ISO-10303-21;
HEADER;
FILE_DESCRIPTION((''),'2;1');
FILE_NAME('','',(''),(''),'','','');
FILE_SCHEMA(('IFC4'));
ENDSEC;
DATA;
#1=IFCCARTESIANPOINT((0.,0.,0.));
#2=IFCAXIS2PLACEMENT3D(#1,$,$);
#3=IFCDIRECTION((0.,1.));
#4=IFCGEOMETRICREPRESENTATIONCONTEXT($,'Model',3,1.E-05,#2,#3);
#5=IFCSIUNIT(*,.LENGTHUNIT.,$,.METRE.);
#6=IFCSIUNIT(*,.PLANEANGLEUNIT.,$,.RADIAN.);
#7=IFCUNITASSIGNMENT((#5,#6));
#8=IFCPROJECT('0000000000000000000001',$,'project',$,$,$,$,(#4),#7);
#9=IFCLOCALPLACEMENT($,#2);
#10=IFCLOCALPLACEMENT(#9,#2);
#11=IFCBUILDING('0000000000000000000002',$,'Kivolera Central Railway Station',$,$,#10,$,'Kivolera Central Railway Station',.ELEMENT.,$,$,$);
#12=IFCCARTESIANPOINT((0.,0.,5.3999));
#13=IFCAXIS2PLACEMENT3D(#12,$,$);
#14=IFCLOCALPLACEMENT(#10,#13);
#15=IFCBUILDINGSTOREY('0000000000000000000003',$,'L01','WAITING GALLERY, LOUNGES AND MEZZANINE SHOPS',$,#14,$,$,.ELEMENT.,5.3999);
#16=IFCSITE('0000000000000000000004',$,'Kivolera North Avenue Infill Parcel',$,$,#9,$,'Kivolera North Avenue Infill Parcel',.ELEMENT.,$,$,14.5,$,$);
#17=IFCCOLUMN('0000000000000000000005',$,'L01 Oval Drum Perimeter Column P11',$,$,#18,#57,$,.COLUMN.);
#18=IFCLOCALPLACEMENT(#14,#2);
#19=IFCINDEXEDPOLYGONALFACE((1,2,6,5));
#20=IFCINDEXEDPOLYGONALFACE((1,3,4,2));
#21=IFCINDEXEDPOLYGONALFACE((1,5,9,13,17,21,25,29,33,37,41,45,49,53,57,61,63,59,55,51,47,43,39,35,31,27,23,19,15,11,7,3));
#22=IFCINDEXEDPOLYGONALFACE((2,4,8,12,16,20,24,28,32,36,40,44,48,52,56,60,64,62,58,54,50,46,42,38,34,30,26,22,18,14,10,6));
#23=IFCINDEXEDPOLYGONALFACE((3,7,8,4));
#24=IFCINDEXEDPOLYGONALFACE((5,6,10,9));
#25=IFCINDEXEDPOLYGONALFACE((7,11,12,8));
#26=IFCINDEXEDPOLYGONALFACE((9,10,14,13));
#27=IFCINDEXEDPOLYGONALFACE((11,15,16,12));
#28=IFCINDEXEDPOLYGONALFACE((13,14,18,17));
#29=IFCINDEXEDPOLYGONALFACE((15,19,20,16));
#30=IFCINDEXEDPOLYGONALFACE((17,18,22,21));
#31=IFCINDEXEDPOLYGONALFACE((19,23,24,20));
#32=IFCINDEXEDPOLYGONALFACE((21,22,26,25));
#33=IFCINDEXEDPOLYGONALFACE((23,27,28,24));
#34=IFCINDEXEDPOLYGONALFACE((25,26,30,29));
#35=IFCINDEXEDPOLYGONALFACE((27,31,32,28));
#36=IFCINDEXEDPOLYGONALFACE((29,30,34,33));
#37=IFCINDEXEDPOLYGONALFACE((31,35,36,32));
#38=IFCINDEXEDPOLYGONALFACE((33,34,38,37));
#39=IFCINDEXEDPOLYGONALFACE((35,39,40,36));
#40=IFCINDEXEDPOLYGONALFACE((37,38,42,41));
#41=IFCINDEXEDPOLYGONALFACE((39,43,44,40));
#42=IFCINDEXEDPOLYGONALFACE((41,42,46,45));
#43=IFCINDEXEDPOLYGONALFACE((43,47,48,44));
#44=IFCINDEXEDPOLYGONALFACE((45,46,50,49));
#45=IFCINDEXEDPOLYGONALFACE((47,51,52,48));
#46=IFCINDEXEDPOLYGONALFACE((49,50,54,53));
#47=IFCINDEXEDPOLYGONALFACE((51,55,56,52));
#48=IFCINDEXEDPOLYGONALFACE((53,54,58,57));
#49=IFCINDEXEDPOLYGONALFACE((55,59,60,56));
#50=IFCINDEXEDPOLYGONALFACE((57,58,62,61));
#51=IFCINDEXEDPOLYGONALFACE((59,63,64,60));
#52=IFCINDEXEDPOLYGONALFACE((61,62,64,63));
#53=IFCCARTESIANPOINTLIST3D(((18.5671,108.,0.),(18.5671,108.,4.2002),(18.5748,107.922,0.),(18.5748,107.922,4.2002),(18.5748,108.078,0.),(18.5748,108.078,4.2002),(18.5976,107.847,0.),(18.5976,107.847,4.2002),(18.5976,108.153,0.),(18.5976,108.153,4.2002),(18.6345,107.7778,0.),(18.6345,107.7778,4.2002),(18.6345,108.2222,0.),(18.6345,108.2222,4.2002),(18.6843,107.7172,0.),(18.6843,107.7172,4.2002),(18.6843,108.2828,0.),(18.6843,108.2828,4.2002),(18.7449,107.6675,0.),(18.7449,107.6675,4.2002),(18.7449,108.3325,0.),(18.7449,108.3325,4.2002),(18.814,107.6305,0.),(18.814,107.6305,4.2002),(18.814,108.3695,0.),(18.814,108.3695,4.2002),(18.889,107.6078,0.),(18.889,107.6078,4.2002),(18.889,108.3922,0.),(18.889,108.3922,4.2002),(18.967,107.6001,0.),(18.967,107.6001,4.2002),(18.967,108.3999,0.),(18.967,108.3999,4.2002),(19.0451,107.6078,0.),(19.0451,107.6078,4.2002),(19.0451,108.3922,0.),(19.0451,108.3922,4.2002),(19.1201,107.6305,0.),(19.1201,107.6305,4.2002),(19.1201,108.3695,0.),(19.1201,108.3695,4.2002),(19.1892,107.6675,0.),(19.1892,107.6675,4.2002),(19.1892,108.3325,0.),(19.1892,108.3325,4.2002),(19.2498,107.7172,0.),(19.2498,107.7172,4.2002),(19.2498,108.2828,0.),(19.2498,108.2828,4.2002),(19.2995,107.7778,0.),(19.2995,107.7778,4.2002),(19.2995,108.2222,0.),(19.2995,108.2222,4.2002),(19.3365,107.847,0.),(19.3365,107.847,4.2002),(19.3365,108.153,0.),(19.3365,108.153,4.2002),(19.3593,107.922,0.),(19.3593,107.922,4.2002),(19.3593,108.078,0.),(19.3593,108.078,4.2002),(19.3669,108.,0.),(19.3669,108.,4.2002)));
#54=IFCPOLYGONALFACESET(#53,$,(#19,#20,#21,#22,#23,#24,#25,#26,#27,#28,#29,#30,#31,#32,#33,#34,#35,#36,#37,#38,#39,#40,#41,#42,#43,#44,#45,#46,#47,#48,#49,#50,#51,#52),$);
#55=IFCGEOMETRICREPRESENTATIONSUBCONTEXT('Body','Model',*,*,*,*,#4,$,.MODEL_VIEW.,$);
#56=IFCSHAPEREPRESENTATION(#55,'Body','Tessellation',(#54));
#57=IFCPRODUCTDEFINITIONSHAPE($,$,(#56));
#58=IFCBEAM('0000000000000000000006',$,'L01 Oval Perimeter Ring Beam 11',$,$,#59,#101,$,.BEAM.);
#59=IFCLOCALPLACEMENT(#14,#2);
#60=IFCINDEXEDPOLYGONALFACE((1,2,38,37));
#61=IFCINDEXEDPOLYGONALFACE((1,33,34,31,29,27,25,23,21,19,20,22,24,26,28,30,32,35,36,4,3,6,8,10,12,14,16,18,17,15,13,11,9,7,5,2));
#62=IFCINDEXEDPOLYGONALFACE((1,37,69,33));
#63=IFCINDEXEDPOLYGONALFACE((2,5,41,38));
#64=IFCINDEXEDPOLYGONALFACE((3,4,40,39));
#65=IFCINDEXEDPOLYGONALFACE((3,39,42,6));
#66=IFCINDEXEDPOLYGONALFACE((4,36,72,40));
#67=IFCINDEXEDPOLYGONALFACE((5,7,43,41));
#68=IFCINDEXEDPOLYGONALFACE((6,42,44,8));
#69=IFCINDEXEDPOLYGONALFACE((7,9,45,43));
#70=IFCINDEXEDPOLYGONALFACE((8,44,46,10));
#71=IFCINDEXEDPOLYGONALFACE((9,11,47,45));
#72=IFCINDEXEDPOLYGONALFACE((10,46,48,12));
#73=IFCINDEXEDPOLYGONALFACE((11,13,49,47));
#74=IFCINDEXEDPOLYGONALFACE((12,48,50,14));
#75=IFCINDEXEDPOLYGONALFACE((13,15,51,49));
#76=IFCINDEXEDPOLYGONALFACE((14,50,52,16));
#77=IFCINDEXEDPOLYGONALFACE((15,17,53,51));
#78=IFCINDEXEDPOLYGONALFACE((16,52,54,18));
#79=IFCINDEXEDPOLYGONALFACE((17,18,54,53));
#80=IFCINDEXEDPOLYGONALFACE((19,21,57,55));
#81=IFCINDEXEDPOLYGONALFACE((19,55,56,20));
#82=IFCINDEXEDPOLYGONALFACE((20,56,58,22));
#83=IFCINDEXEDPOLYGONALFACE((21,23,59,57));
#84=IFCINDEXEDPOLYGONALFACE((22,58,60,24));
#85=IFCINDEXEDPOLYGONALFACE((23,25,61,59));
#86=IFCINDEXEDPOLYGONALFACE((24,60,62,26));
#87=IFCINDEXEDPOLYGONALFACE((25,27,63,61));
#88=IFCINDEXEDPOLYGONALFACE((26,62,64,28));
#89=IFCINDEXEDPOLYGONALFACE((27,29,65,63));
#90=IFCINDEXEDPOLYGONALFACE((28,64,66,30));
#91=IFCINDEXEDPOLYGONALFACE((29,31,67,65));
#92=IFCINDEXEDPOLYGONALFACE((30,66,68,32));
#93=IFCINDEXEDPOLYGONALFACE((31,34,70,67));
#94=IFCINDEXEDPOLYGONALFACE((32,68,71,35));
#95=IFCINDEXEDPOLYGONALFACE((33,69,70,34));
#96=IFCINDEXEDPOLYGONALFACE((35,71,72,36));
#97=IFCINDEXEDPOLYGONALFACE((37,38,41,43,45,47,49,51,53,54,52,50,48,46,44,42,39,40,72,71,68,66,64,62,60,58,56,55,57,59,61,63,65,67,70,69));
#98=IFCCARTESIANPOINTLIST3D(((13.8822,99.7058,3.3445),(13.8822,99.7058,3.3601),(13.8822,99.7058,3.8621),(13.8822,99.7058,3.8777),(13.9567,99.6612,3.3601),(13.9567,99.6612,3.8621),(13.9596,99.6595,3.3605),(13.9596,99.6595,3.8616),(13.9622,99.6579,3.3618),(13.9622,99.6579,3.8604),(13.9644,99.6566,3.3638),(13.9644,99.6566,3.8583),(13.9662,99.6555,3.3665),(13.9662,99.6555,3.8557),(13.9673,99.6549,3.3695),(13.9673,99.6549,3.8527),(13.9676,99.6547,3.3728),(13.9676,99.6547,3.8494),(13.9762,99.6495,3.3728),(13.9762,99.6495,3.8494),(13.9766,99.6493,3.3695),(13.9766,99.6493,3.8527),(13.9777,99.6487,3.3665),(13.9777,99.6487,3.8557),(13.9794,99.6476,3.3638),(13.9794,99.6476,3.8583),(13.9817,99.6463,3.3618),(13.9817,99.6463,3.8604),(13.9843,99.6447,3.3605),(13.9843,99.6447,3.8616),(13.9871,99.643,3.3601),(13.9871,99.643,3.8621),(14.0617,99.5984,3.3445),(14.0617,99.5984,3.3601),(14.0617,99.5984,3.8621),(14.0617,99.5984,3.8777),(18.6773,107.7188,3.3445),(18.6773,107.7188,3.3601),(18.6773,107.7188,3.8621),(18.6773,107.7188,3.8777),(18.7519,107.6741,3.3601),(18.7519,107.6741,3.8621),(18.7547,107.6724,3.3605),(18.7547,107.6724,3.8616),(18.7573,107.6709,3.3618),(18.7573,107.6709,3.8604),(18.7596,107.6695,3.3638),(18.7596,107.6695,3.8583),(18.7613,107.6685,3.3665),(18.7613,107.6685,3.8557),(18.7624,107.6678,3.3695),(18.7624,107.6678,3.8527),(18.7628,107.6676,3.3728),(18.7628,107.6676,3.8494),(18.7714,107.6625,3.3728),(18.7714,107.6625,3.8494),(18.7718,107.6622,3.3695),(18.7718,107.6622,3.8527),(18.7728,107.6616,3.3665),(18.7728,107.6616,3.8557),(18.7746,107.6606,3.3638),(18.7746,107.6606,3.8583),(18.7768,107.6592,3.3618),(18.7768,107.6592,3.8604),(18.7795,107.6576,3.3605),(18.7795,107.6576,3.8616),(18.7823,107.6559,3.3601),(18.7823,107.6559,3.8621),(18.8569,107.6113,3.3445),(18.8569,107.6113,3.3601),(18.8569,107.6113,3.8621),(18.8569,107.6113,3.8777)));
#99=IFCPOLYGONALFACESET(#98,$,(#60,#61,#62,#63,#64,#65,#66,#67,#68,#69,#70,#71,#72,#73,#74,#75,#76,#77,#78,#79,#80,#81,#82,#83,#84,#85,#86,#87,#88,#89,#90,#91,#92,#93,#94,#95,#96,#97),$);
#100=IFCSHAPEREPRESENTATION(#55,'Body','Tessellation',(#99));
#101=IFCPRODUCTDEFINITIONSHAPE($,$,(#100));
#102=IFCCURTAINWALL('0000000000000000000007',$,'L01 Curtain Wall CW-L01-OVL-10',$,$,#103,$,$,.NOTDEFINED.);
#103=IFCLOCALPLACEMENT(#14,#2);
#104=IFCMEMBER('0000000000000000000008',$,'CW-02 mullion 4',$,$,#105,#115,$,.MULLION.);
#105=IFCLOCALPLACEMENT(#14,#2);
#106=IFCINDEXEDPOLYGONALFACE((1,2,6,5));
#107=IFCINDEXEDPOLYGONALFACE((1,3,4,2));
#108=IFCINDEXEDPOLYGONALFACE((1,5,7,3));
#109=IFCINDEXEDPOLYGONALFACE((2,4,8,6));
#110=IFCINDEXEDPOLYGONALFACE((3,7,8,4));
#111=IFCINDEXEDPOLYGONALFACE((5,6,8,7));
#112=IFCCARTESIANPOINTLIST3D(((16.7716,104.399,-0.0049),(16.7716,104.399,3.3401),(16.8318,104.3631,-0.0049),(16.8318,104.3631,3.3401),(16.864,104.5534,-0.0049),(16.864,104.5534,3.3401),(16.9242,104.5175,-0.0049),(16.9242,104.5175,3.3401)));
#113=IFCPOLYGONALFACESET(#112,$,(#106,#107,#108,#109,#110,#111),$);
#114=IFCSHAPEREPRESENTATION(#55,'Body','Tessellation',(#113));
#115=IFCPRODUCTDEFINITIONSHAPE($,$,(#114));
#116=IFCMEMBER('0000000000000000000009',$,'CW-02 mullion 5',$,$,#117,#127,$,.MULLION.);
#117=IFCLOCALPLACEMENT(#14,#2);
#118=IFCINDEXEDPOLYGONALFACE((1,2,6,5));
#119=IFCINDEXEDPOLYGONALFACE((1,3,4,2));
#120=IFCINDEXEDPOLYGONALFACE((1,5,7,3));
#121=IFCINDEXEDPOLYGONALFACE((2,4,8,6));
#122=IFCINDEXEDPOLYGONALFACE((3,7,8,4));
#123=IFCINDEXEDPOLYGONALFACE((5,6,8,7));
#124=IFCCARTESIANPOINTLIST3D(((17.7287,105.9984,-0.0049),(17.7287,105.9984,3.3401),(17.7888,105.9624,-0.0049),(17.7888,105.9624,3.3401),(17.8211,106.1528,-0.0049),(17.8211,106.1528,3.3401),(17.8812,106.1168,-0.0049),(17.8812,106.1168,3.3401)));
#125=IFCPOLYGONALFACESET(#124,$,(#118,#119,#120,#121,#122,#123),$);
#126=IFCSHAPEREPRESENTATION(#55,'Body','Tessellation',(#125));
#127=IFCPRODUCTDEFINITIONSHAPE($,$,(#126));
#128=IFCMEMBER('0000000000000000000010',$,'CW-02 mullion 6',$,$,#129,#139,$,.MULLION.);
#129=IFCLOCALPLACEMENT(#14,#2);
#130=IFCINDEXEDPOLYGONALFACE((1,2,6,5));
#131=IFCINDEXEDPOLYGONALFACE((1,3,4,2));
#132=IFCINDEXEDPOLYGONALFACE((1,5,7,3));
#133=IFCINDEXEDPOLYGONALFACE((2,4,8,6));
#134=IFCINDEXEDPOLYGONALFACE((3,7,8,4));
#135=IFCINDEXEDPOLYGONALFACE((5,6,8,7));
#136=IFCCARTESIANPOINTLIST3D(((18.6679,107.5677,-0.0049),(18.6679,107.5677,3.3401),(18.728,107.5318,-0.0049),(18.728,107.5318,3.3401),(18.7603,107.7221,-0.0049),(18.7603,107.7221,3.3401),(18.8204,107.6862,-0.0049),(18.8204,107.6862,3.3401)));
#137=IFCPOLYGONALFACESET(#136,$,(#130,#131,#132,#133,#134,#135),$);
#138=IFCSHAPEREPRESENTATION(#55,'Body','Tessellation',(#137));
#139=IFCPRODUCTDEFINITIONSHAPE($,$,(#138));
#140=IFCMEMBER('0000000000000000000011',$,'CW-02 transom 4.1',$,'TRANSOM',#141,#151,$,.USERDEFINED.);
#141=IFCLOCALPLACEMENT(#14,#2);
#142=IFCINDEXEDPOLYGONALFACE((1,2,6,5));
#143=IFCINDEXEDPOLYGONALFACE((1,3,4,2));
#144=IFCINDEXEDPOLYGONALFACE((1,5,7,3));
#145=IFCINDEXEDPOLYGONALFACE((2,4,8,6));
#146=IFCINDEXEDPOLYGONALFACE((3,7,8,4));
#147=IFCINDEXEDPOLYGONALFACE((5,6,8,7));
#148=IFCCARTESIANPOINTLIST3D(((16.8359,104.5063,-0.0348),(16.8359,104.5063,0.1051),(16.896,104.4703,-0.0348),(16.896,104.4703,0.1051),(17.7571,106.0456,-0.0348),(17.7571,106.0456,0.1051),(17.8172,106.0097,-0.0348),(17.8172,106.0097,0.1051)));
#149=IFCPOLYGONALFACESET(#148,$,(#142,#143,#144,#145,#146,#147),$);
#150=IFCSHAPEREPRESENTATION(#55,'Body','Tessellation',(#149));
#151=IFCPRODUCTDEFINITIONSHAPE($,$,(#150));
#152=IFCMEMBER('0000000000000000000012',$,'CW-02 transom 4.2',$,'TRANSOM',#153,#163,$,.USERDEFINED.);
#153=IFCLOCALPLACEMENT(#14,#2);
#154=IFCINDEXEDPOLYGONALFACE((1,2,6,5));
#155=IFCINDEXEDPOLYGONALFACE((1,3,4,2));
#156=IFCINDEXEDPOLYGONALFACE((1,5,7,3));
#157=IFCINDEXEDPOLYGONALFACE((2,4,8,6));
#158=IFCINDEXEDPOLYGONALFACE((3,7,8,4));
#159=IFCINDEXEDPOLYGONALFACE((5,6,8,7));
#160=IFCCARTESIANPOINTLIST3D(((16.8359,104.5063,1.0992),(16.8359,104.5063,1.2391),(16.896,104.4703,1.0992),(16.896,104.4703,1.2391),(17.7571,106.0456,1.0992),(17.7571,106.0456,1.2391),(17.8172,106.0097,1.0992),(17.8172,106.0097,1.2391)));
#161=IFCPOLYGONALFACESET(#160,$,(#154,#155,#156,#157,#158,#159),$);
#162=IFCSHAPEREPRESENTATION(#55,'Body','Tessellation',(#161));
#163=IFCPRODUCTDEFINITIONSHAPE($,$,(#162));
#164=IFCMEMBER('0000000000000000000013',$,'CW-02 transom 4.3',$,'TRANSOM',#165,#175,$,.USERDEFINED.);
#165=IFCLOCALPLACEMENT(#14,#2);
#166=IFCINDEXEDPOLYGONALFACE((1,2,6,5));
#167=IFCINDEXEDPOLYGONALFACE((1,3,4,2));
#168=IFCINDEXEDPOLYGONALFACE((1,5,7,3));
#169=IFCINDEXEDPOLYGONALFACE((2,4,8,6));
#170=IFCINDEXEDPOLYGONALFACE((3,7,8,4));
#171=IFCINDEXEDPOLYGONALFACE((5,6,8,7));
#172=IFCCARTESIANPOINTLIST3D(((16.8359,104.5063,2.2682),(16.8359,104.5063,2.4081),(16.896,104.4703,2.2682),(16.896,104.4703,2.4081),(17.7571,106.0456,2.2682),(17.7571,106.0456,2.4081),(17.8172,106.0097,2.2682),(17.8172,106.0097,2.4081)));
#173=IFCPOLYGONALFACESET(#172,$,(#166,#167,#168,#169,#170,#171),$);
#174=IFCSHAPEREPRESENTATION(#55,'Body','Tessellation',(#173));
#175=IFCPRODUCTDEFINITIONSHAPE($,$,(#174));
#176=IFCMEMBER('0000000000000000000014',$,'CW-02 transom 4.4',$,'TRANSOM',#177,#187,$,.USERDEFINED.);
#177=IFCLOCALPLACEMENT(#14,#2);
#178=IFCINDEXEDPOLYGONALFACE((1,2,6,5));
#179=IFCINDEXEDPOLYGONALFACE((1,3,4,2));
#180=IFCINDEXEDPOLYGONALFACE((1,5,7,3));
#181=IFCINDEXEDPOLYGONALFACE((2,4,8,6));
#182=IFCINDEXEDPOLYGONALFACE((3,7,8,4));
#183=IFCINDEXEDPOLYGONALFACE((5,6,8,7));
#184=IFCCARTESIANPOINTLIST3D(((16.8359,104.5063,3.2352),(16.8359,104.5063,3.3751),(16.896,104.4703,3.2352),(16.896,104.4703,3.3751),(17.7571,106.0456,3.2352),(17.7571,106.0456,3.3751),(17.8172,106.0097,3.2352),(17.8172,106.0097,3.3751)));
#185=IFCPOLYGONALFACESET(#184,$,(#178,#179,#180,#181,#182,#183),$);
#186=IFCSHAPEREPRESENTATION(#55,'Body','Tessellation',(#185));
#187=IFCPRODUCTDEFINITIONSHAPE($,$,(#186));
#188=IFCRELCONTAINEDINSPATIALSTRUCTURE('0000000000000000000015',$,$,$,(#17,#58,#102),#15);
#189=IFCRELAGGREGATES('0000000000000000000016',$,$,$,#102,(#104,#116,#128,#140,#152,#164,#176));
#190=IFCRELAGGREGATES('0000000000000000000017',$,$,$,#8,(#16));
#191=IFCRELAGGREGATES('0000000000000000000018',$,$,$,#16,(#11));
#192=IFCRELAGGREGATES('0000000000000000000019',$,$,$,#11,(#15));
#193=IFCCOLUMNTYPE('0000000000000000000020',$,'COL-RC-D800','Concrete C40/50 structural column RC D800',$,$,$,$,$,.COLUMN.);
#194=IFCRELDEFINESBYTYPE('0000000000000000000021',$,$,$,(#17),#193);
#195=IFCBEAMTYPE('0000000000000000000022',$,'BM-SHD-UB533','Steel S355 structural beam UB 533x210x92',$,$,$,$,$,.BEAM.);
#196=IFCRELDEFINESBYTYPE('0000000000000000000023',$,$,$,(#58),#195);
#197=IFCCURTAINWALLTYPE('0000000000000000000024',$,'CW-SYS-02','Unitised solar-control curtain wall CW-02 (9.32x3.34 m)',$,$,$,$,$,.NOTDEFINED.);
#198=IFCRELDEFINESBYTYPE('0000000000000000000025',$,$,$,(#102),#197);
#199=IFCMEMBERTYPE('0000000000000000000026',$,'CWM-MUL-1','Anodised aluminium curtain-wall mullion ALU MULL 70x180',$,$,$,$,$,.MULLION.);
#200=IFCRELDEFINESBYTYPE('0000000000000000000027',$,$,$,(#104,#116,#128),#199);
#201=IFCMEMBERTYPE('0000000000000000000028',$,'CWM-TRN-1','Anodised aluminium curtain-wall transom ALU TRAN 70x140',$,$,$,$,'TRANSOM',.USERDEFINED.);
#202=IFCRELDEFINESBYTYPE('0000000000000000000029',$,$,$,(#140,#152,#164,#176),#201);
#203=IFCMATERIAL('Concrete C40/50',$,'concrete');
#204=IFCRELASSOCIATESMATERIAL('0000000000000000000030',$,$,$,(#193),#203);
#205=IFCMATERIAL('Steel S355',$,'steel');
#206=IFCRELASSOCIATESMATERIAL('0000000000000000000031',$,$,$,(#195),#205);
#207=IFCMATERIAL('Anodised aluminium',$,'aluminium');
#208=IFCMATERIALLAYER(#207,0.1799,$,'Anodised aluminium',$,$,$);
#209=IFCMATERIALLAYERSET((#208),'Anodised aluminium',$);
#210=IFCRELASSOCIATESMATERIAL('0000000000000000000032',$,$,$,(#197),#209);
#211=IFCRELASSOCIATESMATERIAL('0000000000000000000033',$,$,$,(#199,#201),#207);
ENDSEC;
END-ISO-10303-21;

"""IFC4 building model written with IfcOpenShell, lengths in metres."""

from ifc_helpers import new_model, si_unit, direction, frame, origin, origin_2d, place, context, subcontext, project, spatial, rectangle, circle, i_section, extrude, material, layer, layer_set, material_profile, profile_set, type_object, element, aggregate, save


model = new_model("IFC4")

# Units and contexts
model_context = context("Model", 3, precision=1e-05, world=origin(), true_north=direction((0.0, 1.0)))
body_context = subcontext(model_context, "Body", "Model", "MODEL_VIEW")
ifc_project = project(units=[si_unit("LENGTHUNIT", "METRE"), si_unit("PLANEANGLEUNIT", "RADIAN")], contexts=[model_context])

# Site, building, storey
site_placement = place(None, origin())
site = spatial("IfcSite", under=ifc_project, at=site_placement, Name="Kivolera North Avenue Infill Parcel", LongName="Kivolera North Avenue Infill Parcel", CompositionType="ELEMENT", RefElevation=14.5)
building_placement = place(site_placement, origin())
building = spatial("IfcBuilding", under=site, at=building_placement, Name="Kivolera Central Railway Station", LongName="Kivolera Central Railway Station", CompositionType="ELEMENT")
storey_placement = place(building_placement, frame((0.0, 0.0, 5.3999)))
storey = spatial("IfcBuildingStorey", under=building, at=storey_placement, Name="L01", Description="WAITING GALLERY, LOUNGES AND MEZZANINE SHOPS", CompositionType="ELEMENT", Elevation=5.3999)

# Column
ifc_material_1 = material(Name="Concrete C40/50", Category="concrete")
ifc_material_profile_1 = material_profile(ifc_material_1, circle(Radius=0.3999, at=origin_2d()), Name="RC D800")
ifc_profile_set_1 = profile_set([ifc_material_profile_1], Name="Concrete C40/50")
column_type = type_object("IfcColumnType", Name="COL-RC-D800", Description="Concrete C40/50 structural column RC D800", PredefinedType="COLUMN", material=ifc_profile_set_1)
column_placement = place(storey_placement, frame((18.967, 108.0, 0.0), z_axis=(0.0, 0.0, 1.0), x_axis=(1.0, 0.0, 0.0)))
element("IfcColumn", 1, at=column_placement, inside=storey, type_object=column_type, Name="L01 Oval Drum Perimeter Column P11", PredefinedType="COLUMN", context=body_context, shape_type="SweptSolid", body=[
    extrude(circle(Radius=0.3999, at=origin_2d()), origin(), (0.0, 0.0, 1.0), 4.2002),
])

# Beam
ifc_material_2 = material(Name="Steel S355", Category="steel")
ifc_material_profile_2 = material_profile(ifc_material_2, i_section(OverallWidth=0.2092, OverallDepth=0.5332, WebThickness=0.01, FlangeThickness=0.0156, FilletRadius=0.0127, at=origin_2d()), Name="UB 533x210x92")
ifc_profile_set_2 = profile_set([ifc_material_profile_2], Name="Steel S355")
beam_type = type_object("IfcBeamType", Name="BM-SHD-UB533", Description="Steel S355 structural beam UB 533x210x92", PredefinedType="BEAM", material=ifc_profile_set_2)
beam_placement = place(storey_placement, frame((18.7671, 107.665, 3.6111), z_axis=(-0.513503, -0.858088, 0.0), x_axis=(0.858088, -0.513503, 0.0)))
element("IfcBeam", 2, at=beam_placement, inside=storey, type_object=beam_type, Name="L01 Oval Perimeter Ring Beam 11", PredefinedType="BEAM", context=body_context, shape_type="SweptSolid", body=[
    extrude(i_section(OverallWidth=0.2092, OverallDepth=0.5332, WebThickness=0.01, FlangeThickness=0.0156, FilletRadius=0.0127, at=origin_2d()), origin(), (0.0, 0.0, 1.0), 9.3381),
])

# Curtain wall, members
ifc_material_3 = material(Name="Anodised aluminium", Category="aluminium")
ifc_layer_1 = layer(ifc_material_3, 0.1799, Name="Anodised aluminium")
ifc_layer_set_1 = layer_set([ifc_layer_1], Name="Anodised aluminium")
curtain_wall_type = type_object("IfcCurtainWallType", Name="CW-SYS-02", Description="Unitised solar-control curtain wall CW-02 (9.32x3.34 m)", PredefinedType="NOTDEFINED", material=ifc_layer_set_1)
curtain_wall_placement = place(storey_placement, origin())
curtain_wall = element("IfcCurtainWall", 3, at=curtain_wall_placement, inside=storey, type_object=curtain_wall_type, Name="L01 Curtain Wall CW-L01-OVL-10", PredefinedType="NOTDEFINED")
ifc_material_profile_3 = material_profile(ifc_material_3, rectangle(XDim=0.0701, YDim=0.1799, at=origin_2d()), Name="ALU MULL 70x180")
ifc_profile_set_3 = profile_set([ifc_material_profile_3], Name="Anodised aluminium")
member_type_1 = type_object("IfcMemberType", Name="CWM-MUL-1", Description="Anodised aluminium curtain-wall mullion ALU MULL 70x180", PredefinedType="MULLION", material=ifc_profile_set_3)
member_1_placement = place(storey_placement, frame((16.8479, 104.4583, -0.0049), z_axis=(0.0, 0.0, 1.0), x_axis=(-0.858117, 0.513454, 0.0)))
member_1 = element("IfcMember", 4, at=member_1_placement, type_object=member_type_1, Name="CW-02 mullion 4", PredefinedType="MULLION", context=body_context, shape_type="SweptSolid", body=[
    extrude(rectangle(XDim=0.0701, YDim=0.1799, at=origin_2d()), origin(), (0.0, 0.0, 1.0), 3.345),
])
member_2_placement = place(storey_placement, frame((17.8049, 106.0576, -0.0049), z_axis=(0.0, 0.0, 1.0), x_axis=(-0.858117, 0.513454, 0.0)))
member_2 = element("IfcMember", 5, at=member_2_placement, type_object=member_type_1, Name="CW-02 mullion 5", PredefinedType="MULLION", context=body_context, shape_type="SweptSolid", body=[
    extrude(rectangle(XDim=0.0701, YDim=0.1799, at=origin_2d()), origin(), (0.0, 0.0, 1.0), 3.345),
])
member_3_placement = place(storey_placement, frame((18.7441, 107.627, -0.0049), z_axis=(0.0, 0.0, 1.0), x_axis=(-0.858117, 0.513454, 0.0)))
member_3 = element("IfcMember", 6, at=member_3_placement, type_object=member_type_1, Name="CW-02 mullion 6", PredefinedType="MULLION", context=body_context, shape_type="SweptSolid", body=[
    extrude(rectangle(XDim=0.0701, YDim=0.1799, at=origin_2d()), origin(), (0.0, 0.0, 1.0), 3.345),
])
ifc_material_profile_4 = material_profile(ifc_material_3, rectangle(XDim=0.0701, YDim=0.1399, at=origin_2d()), Name="ALU TRAN 70x140")
ifc_profile_set_4 = profile_set([ifc_material_profile_4], Name="Anodised aluminium")
member_type_2 = type_object("IfcMemberType", Name="CWM-TRN-1", Description="Anodised aluminium curtain-wall transom ALU TRAN 70x140", ElementType="TRANSOM", PredefinedType="USERDEFINED", material=ifc_profile_set_4)
member_4_placement = place(storey_placement, frame((16.866, 104.4883, 0.0352), z_axis=(0.513495, 0.858093, 0.0), x_axis=(-0.858093, 0.513495, 0.0)))
member_4 = element("IfcMember", 7, at=member_4_placement, type_object=member_type_2, Name="CW-02 transom 4.1", ObjectType="TRANSOM", PredefinedType="USERDEFINED", context=body_context, shape_type="SweptSolid", body=[
    extrude(rectangle(XDim=0.0701, YDim=0.1399, at=origin_2d()), origin(), (0.0, 0.0, 1.0), 1.7939),
])
member_5_placement = place(storey_placement, frame((16.866, 104.4883, 1.1692), z_axis=(0.513495, 0.858093, 0.0), x_axis=(-0.858093, 0.513495, 0.0)))
member_5 = element("IfcMember", 8, at=member_5_placement, type_object=member_type_2, Name="CW-02 transom 4.2", ObjectType="TRANSOM", PredefinedType="USERDEFINED", context=body_context, shape_type="SweptSolid", body=[
    extrude(rectangle(XDim=0.0701, YDim=0.1399, at=origin_2d()), origin(), (0.0, 0.0, 1.0), 1.7939),
])
member_6_placement = place(storey_placement, frame((16.866, 104.4883, 2.3381), z_axis=(0.513495, 0.858093, 0.0), x_axis=(-0.858093, 0.513495, 0.0)))
member_6 = element("IfcMember", 9, at=member_6_placement, type_object=member_type_2, Name="CW-02 transom 4.3", ObjectType="TRANSOM", PredefinedType="USERDEFINED", context=body_context, shape_type="SweptSolid", body=[
    extrude(rectangle(XDim=0.0701, YDim=0.1399, at=origin_2d()), origin(), (0.0, 0.0, 1.0), 1.7939),
])
member_7_placement = place(storey_placement, frame((16.866, 104.4883, 3.3052), z_axis=(0.513495, 0.858093, 0.0), x_axis=(-0.858093, 0.513495, 0.0)))
member_7 = element("IfcMember", 10, at=member_7_placement, type_object=member_type_2, Name="CW-02 transom 4.4", ObjectType="TRANSOM", PredefinedType="USERDEFINED", context=body_context, shape_type="SweptSolid", body=[
    extrude(rectangle(XDim=0.0701, YDim=0.1399, at=origin_2d()), origin(), (0.0, 0.0, 1.0), 1.7939),
])
aggregate(curtain_wall, [member_1, member_2, member_3, member_4, member_5, member_6, member_7])

save(model, "model.ifc")
